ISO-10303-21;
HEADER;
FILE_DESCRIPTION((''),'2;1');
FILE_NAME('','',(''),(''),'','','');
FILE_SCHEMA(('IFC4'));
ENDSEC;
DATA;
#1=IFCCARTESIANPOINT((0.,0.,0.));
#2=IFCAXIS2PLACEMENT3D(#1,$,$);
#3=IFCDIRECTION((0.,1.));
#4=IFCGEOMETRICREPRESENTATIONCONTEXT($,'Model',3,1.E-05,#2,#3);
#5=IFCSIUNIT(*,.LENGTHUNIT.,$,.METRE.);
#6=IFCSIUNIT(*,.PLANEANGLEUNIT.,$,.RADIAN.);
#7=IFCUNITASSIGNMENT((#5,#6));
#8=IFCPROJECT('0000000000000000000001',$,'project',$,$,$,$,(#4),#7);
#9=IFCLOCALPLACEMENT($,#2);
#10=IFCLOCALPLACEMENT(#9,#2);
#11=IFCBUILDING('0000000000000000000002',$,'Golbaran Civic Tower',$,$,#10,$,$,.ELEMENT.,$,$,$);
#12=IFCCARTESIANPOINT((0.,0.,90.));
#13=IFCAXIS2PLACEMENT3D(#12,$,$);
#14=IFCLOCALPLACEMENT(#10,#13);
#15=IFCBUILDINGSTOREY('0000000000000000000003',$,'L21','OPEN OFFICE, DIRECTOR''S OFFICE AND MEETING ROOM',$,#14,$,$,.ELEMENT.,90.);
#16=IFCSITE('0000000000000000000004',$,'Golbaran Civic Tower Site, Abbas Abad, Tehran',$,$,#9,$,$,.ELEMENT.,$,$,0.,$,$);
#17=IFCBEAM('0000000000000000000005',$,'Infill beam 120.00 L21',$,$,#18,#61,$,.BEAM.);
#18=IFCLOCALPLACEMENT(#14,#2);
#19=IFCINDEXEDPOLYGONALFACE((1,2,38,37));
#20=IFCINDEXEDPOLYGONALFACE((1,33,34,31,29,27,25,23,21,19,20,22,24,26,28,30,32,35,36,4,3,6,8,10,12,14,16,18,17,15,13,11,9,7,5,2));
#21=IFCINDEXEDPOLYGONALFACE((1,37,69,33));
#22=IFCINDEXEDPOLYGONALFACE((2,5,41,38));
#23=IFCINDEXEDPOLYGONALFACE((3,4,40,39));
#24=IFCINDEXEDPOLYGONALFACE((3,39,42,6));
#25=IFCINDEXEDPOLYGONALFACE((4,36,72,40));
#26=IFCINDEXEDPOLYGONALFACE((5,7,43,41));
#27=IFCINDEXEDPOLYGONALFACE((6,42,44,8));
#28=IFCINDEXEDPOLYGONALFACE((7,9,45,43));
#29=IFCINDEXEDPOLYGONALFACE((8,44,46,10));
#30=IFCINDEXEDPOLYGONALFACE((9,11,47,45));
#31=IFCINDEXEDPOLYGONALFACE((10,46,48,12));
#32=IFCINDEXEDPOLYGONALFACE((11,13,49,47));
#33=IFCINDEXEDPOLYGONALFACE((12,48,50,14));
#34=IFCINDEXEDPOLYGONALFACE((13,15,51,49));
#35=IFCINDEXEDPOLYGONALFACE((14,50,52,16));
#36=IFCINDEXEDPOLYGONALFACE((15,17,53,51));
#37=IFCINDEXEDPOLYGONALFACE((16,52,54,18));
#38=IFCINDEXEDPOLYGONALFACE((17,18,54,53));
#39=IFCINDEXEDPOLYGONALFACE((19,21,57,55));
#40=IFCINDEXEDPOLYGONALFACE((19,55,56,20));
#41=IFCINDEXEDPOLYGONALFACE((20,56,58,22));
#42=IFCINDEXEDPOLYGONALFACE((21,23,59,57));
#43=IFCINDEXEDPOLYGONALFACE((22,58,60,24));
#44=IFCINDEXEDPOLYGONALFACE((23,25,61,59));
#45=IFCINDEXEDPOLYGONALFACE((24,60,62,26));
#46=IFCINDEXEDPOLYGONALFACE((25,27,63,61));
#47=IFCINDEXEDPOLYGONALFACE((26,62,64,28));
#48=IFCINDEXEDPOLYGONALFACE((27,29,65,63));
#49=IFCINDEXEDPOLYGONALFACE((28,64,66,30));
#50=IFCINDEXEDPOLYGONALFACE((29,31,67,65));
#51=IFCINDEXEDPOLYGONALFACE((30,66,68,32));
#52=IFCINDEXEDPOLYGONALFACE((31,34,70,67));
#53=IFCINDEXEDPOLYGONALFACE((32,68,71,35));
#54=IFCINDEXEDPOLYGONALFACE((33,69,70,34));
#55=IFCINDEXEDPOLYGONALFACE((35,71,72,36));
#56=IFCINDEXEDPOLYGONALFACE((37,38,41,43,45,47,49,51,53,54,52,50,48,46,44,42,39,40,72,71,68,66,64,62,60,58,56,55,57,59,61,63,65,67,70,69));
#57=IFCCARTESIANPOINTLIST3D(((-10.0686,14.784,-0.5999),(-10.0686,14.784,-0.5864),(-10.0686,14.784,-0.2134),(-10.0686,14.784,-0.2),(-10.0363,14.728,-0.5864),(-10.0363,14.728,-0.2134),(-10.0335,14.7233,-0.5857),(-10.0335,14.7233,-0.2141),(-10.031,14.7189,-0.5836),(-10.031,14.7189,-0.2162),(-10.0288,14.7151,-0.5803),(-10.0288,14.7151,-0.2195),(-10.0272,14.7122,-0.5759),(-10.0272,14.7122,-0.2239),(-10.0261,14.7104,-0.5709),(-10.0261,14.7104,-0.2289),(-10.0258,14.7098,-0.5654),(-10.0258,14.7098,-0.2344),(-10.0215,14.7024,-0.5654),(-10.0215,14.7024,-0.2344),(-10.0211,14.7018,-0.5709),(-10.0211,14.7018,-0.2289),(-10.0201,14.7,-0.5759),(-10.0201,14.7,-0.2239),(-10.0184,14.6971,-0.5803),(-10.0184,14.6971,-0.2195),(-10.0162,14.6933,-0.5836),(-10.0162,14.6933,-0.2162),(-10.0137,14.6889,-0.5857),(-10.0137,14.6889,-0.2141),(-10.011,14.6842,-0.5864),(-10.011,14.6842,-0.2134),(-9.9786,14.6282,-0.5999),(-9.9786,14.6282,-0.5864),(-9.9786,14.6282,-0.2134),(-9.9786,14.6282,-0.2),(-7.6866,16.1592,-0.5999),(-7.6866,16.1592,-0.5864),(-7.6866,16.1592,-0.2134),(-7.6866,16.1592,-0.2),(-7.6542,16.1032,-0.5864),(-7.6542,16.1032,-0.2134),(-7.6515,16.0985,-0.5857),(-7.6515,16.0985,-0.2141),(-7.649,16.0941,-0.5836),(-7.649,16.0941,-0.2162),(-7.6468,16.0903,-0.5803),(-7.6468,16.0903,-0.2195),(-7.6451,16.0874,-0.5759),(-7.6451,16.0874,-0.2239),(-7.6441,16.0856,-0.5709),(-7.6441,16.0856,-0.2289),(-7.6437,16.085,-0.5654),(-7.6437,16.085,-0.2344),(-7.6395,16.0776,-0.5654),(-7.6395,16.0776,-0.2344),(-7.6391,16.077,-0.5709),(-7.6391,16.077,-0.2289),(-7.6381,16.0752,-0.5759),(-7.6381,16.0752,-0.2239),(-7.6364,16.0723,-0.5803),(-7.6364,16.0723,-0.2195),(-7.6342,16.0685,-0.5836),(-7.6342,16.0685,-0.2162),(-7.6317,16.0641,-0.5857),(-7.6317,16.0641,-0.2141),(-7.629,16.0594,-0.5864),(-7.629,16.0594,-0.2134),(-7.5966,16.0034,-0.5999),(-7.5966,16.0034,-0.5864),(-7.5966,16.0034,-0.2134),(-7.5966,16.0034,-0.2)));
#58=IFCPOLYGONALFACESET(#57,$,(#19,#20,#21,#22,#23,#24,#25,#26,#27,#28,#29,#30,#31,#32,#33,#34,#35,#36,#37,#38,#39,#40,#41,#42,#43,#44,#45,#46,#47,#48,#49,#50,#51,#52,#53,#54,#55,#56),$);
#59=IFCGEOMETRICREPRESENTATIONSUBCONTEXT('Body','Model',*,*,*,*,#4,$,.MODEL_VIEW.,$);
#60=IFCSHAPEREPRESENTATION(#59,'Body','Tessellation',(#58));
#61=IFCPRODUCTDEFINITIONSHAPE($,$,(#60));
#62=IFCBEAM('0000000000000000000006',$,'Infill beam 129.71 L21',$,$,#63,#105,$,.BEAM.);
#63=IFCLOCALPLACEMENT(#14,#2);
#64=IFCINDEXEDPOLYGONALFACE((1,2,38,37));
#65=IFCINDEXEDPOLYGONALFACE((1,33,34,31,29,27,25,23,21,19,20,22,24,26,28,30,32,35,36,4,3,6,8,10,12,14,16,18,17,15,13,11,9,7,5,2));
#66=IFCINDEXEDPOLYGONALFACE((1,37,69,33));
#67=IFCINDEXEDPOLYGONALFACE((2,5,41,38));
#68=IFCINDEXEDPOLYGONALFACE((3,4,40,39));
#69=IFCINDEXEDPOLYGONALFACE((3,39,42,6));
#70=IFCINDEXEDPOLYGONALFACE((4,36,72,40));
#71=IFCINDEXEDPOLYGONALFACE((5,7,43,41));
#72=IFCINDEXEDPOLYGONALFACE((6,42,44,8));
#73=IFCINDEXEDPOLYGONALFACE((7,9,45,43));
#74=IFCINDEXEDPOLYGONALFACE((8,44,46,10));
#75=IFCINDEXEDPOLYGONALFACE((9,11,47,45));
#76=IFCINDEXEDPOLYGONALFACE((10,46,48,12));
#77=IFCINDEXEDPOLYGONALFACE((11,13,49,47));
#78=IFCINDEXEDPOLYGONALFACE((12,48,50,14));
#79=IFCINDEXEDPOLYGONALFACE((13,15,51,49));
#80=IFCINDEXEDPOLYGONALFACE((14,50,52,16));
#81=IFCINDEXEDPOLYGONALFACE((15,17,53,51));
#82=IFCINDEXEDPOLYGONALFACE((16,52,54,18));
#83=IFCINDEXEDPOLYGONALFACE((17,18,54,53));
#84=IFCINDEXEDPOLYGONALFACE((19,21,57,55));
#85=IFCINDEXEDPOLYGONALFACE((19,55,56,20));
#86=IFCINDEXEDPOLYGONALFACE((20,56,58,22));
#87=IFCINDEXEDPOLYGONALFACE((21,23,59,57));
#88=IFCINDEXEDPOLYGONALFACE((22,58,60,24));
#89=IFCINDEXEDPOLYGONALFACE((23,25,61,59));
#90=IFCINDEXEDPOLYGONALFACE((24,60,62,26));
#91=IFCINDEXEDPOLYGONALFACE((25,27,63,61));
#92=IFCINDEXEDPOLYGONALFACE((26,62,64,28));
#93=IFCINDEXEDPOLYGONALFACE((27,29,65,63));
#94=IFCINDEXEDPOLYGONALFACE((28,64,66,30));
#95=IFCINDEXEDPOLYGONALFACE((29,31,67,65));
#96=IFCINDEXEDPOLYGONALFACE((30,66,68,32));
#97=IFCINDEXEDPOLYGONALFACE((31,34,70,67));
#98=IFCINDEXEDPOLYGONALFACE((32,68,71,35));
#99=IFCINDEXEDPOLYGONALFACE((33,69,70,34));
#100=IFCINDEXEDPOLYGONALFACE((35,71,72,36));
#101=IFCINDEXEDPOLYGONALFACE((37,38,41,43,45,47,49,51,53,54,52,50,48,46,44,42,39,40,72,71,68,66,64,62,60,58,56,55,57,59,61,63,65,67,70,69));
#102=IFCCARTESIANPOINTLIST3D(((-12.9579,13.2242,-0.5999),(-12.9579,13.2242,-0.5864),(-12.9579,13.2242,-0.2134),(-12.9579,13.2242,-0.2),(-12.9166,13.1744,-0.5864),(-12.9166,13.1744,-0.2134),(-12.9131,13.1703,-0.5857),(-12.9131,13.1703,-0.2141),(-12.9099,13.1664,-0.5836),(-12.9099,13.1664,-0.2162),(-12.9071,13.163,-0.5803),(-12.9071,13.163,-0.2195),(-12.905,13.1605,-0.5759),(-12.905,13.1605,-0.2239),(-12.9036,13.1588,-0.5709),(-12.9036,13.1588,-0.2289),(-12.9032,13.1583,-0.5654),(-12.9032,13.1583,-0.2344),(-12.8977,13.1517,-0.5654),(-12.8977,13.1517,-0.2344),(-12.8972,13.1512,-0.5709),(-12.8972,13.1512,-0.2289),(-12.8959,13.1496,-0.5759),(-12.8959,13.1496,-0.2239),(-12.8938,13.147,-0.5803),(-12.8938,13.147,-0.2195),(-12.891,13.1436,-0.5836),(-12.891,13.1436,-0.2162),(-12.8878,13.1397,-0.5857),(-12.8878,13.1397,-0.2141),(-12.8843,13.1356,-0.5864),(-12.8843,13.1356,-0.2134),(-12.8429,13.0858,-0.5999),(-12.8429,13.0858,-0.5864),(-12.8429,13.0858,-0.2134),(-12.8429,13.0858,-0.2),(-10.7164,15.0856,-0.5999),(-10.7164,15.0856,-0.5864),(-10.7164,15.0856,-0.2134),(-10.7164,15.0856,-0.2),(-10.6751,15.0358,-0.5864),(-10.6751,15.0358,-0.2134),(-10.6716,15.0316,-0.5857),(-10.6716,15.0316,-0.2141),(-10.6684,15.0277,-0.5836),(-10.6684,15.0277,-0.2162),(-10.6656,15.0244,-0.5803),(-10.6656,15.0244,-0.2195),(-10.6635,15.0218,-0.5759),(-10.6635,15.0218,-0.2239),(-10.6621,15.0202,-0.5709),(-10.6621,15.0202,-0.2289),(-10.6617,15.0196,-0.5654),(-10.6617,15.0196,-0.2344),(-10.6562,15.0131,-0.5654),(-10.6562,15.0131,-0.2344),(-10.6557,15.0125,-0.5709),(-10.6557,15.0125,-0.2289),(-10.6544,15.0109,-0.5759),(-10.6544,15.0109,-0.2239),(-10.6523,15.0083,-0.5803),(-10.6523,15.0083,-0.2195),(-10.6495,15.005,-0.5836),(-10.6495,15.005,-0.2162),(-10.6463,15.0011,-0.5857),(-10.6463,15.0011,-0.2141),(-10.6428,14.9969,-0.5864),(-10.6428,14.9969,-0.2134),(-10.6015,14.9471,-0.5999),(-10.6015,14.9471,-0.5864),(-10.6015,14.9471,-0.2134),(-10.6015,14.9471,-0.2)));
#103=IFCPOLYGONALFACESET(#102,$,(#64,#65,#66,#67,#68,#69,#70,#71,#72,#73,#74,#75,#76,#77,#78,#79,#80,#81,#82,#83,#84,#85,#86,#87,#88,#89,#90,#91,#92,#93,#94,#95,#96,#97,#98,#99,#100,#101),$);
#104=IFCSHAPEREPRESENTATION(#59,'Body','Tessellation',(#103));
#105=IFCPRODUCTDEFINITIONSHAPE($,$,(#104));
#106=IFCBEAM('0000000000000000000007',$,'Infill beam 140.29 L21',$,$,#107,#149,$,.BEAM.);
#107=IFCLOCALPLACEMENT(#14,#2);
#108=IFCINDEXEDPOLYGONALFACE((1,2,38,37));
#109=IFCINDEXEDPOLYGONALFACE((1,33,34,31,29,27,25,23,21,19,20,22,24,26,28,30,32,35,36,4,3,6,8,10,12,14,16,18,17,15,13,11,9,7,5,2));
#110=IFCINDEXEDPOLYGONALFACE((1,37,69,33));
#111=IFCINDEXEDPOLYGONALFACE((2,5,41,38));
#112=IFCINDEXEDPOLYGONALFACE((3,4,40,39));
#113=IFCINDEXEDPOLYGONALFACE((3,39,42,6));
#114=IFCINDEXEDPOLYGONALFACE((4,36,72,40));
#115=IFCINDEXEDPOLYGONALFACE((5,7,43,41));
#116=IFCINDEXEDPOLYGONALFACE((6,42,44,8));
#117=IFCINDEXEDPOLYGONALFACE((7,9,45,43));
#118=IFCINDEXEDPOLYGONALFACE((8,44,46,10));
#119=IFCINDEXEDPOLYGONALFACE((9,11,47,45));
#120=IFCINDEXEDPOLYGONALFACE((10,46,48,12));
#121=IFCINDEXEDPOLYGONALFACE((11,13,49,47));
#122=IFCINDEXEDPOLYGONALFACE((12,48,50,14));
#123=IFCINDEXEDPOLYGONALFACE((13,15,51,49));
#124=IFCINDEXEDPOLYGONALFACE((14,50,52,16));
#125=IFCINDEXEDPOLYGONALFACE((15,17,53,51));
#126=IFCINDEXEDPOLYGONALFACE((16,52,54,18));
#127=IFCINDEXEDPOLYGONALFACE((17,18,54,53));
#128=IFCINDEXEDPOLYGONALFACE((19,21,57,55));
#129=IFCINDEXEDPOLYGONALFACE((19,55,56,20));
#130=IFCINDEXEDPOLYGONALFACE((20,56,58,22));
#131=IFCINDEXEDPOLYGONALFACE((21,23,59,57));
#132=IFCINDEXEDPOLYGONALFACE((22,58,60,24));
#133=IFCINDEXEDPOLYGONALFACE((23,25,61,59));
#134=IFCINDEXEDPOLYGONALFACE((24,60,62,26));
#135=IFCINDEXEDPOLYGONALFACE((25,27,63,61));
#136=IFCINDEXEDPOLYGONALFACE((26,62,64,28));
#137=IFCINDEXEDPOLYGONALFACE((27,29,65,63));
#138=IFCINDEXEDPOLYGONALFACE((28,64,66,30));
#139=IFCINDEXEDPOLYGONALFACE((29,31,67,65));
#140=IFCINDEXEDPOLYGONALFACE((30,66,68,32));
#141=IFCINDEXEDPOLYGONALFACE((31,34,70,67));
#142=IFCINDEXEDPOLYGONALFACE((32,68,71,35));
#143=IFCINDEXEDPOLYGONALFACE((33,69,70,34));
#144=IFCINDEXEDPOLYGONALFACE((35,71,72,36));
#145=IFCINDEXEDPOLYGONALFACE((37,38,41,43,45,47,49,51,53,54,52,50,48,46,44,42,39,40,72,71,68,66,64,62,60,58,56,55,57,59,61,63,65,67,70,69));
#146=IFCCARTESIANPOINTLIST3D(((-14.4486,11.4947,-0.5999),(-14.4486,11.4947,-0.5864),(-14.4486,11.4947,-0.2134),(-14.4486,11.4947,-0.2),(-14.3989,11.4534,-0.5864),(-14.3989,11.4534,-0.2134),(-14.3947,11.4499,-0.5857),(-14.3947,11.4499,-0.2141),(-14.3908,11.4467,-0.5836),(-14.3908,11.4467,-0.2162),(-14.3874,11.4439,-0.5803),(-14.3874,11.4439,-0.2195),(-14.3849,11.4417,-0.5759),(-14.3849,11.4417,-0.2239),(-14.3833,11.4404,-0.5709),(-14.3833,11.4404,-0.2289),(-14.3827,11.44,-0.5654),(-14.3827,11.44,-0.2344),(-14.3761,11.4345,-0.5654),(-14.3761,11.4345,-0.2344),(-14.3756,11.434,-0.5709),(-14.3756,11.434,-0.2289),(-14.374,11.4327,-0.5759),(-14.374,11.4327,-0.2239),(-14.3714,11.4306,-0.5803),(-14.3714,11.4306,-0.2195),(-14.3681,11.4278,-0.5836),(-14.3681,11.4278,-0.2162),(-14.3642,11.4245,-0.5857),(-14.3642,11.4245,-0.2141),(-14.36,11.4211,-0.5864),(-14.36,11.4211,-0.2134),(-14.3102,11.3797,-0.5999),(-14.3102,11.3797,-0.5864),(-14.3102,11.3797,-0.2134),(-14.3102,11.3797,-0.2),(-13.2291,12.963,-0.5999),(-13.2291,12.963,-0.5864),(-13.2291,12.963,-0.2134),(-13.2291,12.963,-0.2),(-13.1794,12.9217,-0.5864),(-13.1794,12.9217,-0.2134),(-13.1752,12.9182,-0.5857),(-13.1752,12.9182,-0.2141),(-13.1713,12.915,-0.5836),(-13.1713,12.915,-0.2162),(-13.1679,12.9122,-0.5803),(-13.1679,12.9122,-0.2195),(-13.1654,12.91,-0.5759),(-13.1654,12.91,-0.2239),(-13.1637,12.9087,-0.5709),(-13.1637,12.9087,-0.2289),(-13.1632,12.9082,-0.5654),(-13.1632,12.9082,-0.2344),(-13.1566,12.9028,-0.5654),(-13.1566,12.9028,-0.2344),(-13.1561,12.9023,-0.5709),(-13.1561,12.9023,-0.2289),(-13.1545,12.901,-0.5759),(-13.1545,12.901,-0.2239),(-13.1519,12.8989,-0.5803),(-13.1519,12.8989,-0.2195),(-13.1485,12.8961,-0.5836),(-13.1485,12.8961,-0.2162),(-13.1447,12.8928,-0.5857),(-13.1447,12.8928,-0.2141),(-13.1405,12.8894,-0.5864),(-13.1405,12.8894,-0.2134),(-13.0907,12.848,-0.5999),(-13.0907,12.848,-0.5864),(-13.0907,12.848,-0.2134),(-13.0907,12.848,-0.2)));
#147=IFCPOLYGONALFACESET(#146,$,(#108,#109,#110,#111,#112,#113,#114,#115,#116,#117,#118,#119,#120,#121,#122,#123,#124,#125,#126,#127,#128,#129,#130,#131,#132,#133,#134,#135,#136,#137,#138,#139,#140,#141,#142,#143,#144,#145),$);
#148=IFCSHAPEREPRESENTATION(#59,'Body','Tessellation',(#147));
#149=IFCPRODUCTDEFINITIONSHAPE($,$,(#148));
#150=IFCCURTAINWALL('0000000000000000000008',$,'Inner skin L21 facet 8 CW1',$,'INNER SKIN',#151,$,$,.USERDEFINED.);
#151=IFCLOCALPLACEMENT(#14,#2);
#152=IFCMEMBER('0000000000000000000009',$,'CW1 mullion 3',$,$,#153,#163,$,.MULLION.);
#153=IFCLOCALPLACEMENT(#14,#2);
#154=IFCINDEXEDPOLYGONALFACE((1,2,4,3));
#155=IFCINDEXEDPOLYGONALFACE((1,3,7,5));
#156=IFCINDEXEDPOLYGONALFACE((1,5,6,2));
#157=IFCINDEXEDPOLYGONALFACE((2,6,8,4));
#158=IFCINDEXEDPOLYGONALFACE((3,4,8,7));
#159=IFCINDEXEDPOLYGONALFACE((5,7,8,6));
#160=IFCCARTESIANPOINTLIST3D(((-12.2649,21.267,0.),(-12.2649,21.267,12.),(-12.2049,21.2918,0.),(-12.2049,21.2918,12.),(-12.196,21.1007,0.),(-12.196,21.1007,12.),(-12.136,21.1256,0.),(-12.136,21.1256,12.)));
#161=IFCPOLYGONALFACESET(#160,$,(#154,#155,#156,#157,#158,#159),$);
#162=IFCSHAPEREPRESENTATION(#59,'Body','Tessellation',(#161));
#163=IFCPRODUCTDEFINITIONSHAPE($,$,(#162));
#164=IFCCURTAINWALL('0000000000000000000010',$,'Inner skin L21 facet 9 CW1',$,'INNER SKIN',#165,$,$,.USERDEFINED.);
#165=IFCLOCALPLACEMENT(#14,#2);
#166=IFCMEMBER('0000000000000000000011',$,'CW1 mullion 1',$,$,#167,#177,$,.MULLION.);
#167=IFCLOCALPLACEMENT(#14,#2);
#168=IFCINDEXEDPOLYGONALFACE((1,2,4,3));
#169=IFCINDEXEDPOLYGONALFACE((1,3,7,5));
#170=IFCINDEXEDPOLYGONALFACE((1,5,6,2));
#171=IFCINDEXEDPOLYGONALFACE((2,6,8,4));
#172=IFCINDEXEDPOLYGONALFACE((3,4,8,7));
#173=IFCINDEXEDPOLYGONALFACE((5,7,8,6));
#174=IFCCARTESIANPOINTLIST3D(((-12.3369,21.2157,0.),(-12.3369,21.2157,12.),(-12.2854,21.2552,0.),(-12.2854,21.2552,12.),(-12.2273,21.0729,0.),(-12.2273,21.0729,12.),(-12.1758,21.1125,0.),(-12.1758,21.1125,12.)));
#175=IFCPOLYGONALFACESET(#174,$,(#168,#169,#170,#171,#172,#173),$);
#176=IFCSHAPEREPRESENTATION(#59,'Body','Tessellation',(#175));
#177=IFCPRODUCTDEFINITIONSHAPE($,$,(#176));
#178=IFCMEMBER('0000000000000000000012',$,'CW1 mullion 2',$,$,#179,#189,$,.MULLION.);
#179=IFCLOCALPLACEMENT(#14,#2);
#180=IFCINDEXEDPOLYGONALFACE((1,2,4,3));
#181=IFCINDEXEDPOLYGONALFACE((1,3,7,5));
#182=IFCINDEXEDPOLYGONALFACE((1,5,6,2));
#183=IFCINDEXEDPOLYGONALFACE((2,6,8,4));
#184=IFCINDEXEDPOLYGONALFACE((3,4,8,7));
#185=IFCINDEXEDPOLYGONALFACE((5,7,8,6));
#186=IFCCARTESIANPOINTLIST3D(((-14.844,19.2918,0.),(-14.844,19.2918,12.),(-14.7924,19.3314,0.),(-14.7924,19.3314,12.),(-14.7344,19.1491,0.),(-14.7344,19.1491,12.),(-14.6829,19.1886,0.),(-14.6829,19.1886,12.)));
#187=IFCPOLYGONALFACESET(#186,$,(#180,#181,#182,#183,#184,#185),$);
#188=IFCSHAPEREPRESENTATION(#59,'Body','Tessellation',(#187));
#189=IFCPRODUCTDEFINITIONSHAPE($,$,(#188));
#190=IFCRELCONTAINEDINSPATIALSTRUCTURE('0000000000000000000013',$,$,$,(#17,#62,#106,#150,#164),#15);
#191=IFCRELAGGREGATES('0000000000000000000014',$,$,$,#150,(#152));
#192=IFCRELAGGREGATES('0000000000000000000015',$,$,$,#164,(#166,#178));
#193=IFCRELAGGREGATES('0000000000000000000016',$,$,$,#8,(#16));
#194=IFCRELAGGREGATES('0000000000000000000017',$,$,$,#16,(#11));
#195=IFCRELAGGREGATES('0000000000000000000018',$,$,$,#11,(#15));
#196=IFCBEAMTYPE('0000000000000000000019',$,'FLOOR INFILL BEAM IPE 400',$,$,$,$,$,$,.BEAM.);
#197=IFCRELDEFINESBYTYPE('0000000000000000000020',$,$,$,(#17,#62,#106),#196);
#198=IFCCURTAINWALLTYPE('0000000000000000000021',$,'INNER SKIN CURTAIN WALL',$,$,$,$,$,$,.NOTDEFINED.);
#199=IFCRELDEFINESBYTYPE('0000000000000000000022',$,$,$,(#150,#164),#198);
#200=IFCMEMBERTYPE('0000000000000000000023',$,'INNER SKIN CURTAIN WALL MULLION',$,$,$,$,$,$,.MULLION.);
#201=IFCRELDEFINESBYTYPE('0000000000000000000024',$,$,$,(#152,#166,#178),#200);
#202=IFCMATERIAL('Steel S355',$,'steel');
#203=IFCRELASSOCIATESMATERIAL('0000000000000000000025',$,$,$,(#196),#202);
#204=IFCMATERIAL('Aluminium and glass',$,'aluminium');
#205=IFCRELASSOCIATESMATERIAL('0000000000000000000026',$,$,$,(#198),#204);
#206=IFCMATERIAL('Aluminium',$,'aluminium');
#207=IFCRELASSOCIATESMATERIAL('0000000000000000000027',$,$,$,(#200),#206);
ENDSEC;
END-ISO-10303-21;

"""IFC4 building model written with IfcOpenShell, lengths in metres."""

from ifc_helpers import new_model, si_unit, direction, frame, origin, origin_2d, place, context, subcontext, project, spatial, rectangle, i_section, extrude, material, material_profile, profile_set, type_object, element, aggregate, save


model = new_model("IFC4")

# Units and contexts
model_context = context("Model", 3, precision=1e-05, world=origin(), true_north=direction((0.0, 1.0)))
body_context = subcontext(model_context, "Body", "Model", "MODEL_VIEW")
ifc_project = project(units=[si_unit("LENGTHUNIT", "METRE"), si_unit("PLANEANGLEUNIT", "RADIAN")], contexts=[model_context])

# Site, building, storey
site_placement = place(None, origin())
site = spatial("IfcSite", under=ifc_project, at=site_placement, Name="Golbaran Civic Tower Site, Abbas Abad, Tehran", CompositionType="ELEMENT", RefElevation=0.0)
building_placement = place(site_placement, origin())
building = spatial("IfcBuilding", under=site, at=building_placement, Name="Golbaran Civic Tower", CompositionType="ELEMENT")
storey_placement = place(building_placement, frame((0.0, 0.0, 90.0)))
storey = spatial("IfcBuildingStorey", under=building, at=storey_placement, Name="L21", Description="OPEN OFFICE, DIRECTOR'S OFFICE AND MEETING ROOM", CompositionType="ELEMENT", Elevation=90.0)

# Beams
ifc_material_1 = material(Name="Steel S355", Category="steel")
ifc_material_profile_1 = material_profile(ifc_material_1, i_section(OverallWidth=0.1799, OverallDepth=0.3999, WebThickness=0.0085, FlangeThickness=0.0134, FilletRadius=0.021, at=origin_2d()), Name="IPE 400")
ifc_profile_set_1 = profile_set([ifc_material_profile_1], Name="Steel S355")
beam_type_1 = type_object("IfcBeamType", Name="FLOOR INFILL BEAM IPE 400", PredefinedType="BEAM", material=ifc_profile_set_1)
beam_1_placement = place(storey_placement, frame((-7.6416, 16.0813, -0.3999), z_axis=(-0.866033, -0.499986, 0.0), x_axis=(0.499986, -0.866033, 0.0)))
element("IfcBeam", 1, at=beam_1_placement, inside=storey, type_object=beam_type_1, Name="Infill beam 120.00 L21", PredefinedType="BEAM", context=body_context, shape_type="SweptSolid", body=[
    extrude(i_section(OverallWidth=0.1799, OverallDepth=0.3999, WebThickness=0.0085, FlangeThickness=0.0134, FilletRadius=0.021, at=origin_2d()), origin(), (0.0, 0.0, 1.0), 2.7505),
])
beam_2_placement = place(storey_placement, frame((-10.6589, 15.0164, -0.3999), z_axis=(-0.769326, -0.638856, 0.0), x_axis=(0.638856, -0.769326, 0.0)))
element("IfcBeam", 2, at=beam_2_placement, inside=storey, type_object=beam_type_1, Name="Infill beam 129.71 L21", PredefinedType="BEAM", context=body_context, shape_type="SweptSolid", body=[
    extrude(i_section(OverallWidth=0.1799, OverallDepth=0.3999, WebThickness=0.0085, FlangeThickness=0.0134, FilletRadius=0.021, at=origin_2d()), origin(), (0.0, 0.0, 1.0), 2.9136),
])
beam_3_placement = place(storey_placement, frame((-13.1599, 12.9055, -0.3999), z_axis=(-0.638925, -0.769269, 0.0), x_axis=(0.769269, -0.638925, 0.0)))
element("IfcBeam", 3, at=beam_3_placement, inside=storey, type_object=beam_type_1, Name="Infill beam 140.29 L21", PredefinedType="BEAM", context=body_context, shape_type="SweptSolid", body=[
    extrude(i_section(OverallWidth=0.1799, OverallDepth=0.3999, WebThickness=0.0085, FlangeThickness=0.0134, FilletRadius=0.021, at=origin_2d()), origin(), (0.0, 0.0, 1.0), 1.9087),
])

# Curtain wall, member
ifc_material_2 = material(Name="Aluminium and glass", Category="aluminium")
curtain_wall_type = type_object("IfcCurtainWallType", Name="INNER SKIN CURTAIN WALL", PredefinedType="NOTDEFINED", material=ifc_material_2)
curtain_wall_1_placement = place(storey_placement, origin())
curtain_wall_1 = element("IfcCurtainWall", 4, at=curtain_wall_1_placement, inside=storey, type_object=curtain_wall_type, Name="Inner skin L21 facet 8 CW1", ObjectType="INNER SKIN", PredefinedType="USERDEFINED")
ifc_material_3 = material(Name="Aluminium", Category="aluminium")
ifc_material_profile_2 = material_profile(ifc_material_3, rectangle(XDim=0.1799, YDim=0.0649, at=origin_2d()), Name="INNER SKIN CURTAIN WALL MULLION")
ifc_profile_set_2 = profile_set([ifc_material_profile_2], Name="Aluminium")
member_type_1 = type_object("IfcMemberType", Name="INNER SKIN CURTAIN WALL MULLION", PredefinedType="MULLION", material=ifc_profile_set_2)
member_1_placement = place(storey_placement, frame((-12.2004, 21.1963, 0.0), z_axis=(0.0, 0.0, 1.0), x_axis=(0.382683, -0.92388, 0.0)))
member_1 = element("IfcMember", 5, at=member_1_placement, type_object=member_type_1, Name="CW1 mullion 3", PredefinedType="MULLION", context=body_context, shape_type="SweptSolid", body=[
    extrude(rectangle(XDim=0.1799, YDim=0.0649, at=origin_2d()), origin(), (0.0, 0.0, 1.0), 12.0),
])

# Curtain wall, members
curtain_wall_2_placement = place(storey_placement, origin())
curtain_wall_2 = element("IfcCurtainWall", 6, at=curtain_wall_2_placement, inside=storey, type_object=curtain_wall_type, Name="Inner skin L21 facet 9 CW1", ObjectType="INNER SKIN", PredefinedType="USERDEFINED")
member_2_placement = place(storey_placement, frame((-12.2563, 21.1641, 0.0), z_axis=(0.0, 0.0, 1.0), x_axis=(0.608761, -0.793353, 0.0)))
member_2 = element("IfcMember", 7, at=member_2_placement, type_object=member_type_1, Name="CW1 mullion 1", PredefinedType="MULLION", context=body_context, shape_type="SweptSolid", body=[
    extrude(rectangle(XDim=0.1799, YDim=0.0649, at=origin_2d()), origin(), (0.0, 0.0, 1.0), 12.0),
])
member_3_placement = place(storey_placement, frame((-14.7634, 19.2402, 0.0), z_axis=(0.0, 0.0, 1.0), x_axis=(0.608761, -0.793353, 0.0)))
member_3 = element("IfcMember", 8, at=member_3_placement, type_object=member_type_1, Name="CW1 mullion 2", PredefinedType="MULLION", context=body_context, shape_type="SweptSolid", body=[
    extrude(rectangle(XDim=0.1799, YDim=0.0649, at=origin_2d()), origin(), (0.0, 0.0, 1.0), 12.0),
])

aggregate(curtain_wall_1, [member_1])
aggregate(curtain_wall_2, [member_2, member_3])

save(model, "model.ifc")
